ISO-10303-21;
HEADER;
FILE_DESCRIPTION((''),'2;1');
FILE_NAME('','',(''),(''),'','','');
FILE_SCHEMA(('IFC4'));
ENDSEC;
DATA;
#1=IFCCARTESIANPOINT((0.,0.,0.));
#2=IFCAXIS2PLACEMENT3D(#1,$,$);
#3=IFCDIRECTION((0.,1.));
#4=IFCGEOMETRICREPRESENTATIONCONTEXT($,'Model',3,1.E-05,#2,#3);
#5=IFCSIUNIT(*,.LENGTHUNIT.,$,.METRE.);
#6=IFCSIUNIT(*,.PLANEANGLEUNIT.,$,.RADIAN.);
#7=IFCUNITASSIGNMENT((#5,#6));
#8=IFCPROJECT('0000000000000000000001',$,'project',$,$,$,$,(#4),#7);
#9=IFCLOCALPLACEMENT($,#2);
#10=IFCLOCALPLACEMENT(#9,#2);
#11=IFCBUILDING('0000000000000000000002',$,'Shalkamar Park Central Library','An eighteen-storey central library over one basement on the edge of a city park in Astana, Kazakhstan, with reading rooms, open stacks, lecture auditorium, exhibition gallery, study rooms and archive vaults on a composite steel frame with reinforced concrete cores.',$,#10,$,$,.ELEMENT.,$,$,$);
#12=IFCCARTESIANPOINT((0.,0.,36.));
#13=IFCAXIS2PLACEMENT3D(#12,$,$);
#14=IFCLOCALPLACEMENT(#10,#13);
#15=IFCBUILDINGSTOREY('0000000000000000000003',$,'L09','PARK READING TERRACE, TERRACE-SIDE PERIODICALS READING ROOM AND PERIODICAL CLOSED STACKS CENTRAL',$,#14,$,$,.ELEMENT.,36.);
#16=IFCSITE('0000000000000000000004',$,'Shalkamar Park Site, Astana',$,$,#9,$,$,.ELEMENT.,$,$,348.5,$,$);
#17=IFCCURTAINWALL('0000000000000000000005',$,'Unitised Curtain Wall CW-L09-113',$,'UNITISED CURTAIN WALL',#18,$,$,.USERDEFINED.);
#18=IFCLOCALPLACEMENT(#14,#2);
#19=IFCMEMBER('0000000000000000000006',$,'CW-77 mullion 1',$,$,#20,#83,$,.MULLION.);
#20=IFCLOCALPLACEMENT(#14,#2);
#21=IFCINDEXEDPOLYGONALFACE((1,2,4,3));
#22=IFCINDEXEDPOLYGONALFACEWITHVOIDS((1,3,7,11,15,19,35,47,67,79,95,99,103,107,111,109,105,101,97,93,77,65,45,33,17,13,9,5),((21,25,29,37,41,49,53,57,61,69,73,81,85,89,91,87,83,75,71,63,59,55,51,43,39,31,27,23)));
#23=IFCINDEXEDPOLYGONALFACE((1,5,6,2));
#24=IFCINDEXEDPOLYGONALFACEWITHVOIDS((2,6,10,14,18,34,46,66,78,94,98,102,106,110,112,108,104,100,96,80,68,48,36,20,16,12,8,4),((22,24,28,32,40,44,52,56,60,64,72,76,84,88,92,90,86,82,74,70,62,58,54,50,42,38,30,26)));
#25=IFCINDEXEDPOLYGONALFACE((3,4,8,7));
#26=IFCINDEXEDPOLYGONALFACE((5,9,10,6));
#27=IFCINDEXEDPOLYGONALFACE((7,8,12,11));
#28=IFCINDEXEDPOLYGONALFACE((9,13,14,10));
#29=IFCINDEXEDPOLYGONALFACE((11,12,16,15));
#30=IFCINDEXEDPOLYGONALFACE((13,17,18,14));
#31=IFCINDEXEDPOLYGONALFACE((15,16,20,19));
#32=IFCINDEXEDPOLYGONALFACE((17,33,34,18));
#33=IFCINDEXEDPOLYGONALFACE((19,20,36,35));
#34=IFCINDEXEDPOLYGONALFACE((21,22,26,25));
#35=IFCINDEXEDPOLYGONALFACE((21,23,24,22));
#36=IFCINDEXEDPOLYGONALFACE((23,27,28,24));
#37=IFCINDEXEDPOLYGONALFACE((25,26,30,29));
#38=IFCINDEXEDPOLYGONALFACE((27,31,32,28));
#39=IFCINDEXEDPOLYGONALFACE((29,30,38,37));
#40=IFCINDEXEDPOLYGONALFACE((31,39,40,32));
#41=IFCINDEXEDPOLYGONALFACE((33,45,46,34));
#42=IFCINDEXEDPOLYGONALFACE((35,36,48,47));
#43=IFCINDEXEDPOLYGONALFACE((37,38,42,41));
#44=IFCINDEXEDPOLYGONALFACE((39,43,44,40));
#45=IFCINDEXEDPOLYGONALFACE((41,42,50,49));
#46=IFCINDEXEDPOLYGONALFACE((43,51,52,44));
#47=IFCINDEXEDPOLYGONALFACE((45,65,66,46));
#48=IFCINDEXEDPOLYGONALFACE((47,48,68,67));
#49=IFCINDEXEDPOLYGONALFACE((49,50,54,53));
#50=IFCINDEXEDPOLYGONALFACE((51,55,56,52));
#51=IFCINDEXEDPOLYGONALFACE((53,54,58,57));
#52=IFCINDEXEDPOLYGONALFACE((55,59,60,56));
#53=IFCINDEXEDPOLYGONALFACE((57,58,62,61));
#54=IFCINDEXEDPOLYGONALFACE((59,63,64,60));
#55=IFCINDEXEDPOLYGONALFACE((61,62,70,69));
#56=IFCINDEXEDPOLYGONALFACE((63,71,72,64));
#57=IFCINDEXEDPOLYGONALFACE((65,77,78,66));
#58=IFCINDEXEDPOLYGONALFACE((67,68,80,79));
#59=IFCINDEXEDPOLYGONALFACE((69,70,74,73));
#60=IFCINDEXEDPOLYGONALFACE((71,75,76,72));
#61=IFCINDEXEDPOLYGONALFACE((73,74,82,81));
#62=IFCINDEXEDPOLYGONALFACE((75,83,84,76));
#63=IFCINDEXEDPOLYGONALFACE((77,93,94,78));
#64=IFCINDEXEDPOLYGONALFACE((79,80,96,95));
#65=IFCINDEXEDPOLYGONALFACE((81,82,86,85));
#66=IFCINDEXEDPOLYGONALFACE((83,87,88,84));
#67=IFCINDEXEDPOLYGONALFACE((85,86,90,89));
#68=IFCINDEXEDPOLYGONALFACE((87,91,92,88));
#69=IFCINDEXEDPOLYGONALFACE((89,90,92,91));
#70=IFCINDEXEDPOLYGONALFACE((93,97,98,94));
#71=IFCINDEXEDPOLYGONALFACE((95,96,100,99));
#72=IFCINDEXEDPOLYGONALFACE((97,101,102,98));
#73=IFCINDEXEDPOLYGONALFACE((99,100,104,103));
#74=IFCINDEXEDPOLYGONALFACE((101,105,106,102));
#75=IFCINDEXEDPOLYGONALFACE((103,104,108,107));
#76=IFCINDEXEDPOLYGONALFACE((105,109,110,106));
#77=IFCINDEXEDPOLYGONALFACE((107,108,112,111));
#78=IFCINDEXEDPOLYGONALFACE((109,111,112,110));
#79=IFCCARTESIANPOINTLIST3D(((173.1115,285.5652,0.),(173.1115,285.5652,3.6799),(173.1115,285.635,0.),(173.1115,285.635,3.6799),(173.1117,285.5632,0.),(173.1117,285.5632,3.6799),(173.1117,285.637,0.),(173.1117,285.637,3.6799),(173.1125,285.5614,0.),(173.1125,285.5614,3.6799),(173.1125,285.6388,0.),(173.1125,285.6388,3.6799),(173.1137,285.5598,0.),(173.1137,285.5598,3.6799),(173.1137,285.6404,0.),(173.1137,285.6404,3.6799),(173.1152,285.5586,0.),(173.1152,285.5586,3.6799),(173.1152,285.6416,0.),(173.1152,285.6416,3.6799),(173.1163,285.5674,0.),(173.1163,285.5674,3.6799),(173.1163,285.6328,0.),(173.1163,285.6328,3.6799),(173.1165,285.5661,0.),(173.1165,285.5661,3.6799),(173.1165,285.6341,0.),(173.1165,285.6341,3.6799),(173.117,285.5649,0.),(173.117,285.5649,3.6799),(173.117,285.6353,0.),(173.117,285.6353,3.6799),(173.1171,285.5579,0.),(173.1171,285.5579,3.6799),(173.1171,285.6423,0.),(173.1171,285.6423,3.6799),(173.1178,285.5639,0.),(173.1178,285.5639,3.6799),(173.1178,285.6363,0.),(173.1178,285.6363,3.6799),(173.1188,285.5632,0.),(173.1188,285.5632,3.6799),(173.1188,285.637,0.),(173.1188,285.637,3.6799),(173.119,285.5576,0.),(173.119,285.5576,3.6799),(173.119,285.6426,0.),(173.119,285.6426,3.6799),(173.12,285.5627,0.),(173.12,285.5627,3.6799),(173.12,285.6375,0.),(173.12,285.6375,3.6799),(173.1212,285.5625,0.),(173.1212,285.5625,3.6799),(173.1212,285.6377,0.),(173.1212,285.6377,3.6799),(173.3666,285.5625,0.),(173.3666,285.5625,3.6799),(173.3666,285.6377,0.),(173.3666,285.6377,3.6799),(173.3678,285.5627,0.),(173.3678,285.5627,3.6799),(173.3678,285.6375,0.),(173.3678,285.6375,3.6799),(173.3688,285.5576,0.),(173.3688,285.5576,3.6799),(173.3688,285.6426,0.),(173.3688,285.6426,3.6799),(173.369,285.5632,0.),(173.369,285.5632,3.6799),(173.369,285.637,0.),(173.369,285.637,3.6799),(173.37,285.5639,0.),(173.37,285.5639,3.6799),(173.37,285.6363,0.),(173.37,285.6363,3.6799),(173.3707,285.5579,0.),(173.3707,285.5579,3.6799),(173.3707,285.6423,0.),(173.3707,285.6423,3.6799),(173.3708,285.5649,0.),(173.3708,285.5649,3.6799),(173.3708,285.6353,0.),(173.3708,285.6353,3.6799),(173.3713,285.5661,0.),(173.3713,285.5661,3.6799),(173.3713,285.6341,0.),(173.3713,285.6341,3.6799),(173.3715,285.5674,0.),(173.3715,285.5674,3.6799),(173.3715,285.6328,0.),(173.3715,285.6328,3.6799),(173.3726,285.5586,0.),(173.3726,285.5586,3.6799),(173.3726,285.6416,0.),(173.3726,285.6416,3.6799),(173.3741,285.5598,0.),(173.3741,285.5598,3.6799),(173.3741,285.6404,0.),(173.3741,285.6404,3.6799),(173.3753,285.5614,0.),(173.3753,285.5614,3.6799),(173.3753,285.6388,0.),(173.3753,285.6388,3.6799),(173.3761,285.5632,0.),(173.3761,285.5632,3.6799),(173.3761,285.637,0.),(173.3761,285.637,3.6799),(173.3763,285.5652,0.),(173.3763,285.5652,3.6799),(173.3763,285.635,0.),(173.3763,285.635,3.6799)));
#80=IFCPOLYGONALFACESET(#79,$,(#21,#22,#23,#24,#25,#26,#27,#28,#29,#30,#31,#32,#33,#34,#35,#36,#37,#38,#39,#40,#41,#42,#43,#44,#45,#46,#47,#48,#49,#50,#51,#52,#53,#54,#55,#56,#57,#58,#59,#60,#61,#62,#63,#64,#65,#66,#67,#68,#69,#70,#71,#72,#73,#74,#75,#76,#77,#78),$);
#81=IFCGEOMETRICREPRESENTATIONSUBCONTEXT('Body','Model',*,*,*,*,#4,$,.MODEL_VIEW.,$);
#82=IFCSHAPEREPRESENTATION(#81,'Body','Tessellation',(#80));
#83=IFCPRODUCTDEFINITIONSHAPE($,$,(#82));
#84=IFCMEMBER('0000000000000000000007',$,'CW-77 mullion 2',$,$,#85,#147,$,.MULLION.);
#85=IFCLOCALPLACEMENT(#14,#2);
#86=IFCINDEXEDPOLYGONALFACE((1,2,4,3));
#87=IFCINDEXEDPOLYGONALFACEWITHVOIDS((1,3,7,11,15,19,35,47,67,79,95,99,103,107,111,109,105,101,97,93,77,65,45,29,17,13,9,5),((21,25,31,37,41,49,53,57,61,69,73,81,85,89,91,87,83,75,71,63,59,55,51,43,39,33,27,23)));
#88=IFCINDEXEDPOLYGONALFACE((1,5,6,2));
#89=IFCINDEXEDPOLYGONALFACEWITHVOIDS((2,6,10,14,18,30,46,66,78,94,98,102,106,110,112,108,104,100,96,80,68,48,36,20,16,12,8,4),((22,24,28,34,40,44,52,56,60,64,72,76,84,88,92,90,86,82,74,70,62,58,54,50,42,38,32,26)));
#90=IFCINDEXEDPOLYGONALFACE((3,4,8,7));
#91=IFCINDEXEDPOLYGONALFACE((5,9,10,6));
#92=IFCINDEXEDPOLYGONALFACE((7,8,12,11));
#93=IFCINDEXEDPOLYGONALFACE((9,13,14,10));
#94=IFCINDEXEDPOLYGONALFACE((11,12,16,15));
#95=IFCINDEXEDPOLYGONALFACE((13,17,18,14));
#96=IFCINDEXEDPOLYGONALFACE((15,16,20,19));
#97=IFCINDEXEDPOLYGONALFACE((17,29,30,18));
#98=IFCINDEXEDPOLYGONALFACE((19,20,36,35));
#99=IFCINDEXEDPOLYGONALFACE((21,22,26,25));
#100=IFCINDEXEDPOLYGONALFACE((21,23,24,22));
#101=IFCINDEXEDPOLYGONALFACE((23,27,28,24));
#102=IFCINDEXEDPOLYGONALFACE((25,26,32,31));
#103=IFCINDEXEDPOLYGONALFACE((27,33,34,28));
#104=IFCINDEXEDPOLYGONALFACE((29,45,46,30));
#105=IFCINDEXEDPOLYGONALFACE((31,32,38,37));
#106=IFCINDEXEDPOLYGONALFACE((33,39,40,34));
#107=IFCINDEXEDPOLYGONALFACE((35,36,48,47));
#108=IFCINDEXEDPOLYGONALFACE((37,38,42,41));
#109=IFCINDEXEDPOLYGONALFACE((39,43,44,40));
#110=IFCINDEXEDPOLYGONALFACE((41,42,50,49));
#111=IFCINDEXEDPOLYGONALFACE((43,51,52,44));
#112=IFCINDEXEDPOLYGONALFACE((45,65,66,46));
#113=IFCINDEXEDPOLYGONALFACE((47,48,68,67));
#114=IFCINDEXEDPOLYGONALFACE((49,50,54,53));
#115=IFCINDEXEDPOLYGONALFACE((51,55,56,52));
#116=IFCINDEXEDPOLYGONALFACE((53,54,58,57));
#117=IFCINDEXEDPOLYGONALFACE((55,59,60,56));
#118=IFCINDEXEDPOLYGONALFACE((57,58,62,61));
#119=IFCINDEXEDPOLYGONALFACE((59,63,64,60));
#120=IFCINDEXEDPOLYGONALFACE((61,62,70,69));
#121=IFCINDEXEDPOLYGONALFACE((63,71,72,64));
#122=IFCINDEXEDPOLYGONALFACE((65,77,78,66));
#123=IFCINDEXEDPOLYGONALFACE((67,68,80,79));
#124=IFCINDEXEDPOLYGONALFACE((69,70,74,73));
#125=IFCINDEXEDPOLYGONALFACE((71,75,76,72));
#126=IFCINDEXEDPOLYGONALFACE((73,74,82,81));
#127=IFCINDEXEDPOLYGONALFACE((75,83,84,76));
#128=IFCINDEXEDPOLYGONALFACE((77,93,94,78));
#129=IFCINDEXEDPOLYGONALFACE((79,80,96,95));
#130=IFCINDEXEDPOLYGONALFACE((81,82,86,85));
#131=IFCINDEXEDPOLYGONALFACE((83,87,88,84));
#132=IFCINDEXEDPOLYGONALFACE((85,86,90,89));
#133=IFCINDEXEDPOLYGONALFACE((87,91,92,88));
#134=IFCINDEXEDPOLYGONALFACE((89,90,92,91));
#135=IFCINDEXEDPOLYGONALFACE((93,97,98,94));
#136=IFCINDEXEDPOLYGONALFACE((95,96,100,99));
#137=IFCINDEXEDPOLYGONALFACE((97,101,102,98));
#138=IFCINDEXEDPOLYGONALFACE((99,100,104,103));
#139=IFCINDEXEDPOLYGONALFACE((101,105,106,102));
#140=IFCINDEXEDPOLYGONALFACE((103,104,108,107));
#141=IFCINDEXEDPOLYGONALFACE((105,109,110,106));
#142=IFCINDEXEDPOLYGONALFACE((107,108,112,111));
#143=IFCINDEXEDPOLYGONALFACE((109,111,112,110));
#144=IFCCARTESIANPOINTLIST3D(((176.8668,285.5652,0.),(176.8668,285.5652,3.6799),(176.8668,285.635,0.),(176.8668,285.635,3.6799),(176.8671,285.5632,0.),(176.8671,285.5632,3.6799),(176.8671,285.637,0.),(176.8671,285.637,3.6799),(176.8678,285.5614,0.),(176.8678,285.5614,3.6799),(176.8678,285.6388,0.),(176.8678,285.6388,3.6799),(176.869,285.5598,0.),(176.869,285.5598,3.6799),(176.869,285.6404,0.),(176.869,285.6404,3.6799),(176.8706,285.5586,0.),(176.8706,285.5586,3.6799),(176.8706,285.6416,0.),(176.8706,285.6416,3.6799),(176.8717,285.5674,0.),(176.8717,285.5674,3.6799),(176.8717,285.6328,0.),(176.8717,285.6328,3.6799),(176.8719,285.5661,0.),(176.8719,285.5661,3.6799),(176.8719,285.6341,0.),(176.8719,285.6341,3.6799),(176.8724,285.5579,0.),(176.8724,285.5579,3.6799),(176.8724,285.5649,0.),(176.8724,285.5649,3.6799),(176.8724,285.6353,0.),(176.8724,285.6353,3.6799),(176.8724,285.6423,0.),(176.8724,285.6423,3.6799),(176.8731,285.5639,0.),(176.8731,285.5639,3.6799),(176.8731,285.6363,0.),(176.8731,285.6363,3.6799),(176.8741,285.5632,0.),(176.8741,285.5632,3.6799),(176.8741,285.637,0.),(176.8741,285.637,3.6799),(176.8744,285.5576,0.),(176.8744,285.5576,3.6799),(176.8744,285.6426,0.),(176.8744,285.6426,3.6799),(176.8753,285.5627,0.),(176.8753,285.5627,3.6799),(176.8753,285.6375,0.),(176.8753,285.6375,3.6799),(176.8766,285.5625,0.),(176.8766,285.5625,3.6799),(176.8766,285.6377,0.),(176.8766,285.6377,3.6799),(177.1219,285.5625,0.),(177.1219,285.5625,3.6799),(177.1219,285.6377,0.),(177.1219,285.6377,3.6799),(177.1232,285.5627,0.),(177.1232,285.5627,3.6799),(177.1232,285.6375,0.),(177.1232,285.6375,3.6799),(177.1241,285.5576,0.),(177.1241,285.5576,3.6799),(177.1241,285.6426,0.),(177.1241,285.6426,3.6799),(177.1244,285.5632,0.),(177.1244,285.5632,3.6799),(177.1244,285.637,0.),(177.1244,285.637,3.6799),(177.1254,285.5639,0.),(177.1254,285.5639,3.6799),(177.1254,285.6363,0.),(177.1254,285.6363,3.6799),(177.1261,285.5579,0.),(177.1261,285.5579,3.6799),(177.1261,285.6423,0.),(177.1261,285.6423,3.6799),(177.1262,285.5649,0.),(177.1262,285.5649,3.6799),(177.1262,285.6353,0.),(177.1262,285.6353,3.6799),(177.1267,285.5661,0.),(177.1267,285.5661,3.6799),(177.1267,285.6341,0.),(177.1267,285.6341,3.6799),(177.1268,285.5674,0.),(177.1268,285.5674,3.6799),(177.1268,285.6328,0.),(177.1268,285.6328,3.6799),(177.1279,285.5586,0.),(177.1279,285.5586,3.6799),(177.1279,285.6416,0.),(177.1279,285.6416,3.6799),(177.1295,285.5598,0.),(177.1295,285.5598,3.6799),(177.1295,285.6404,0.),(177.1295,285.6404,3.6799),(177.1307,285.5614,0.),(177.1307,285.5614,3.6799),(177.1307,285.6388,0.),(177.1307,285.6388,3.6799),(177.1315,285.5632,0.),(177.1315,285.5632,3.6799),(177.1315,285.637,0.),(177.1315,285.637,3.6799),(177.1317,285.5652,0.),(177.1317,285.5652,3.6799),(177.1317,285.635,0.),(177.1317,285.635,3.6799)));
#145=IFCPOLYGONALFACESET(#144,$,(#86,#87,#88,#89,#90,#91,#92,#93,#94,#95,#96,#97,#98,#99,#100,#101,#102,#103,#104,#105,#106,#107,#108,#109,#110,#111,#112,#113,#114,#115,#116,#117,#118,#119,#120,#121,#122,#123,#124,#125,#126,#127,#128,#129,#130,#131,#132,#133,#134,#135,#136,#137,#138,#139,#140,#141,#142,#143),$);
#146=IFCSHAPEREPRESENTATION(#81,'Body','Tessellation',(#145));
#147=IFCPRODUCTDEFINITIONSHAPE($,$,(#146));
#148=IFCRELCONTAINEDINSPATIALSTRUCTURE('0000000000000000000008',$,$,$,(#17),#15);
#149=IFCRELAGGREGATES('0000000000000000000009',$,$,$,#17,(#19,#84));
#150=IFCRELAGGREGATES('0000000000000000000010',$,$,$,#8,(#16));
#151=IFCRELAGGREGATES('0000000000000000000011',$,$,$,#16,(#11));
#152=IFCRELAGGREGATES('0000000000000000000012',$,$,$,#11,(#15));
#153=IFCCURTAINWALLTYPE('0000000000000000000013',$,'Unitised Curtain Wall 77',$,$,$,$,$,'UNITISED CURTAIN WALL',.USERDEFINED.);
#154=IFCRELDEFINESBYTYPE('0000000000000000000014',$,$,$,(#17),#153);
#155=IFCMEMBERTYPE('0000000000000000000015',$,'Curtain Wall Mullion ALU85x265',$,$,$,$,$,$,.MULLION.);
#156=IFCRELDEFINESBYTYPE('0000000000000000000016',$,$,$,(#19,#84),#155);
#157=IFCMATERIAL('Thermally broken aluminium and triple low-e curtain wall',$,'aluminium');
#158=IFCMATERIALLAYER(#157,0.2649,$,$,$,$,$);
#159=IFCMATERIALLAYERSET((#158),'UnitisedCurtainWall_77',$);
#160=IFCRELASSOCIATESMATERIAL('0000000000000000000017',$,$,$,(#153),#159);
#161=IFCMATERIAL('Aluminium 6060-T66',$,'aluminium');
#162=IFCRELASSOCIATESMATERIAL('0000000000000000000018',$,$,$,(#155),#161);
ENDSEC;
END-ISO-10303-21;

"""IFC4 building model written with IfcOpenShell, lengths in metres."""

from ifc_helpers import new_model, si_unit, direction, frame, origin, origin_2d, place, context, subcontext, project, spatial, hollow_rectangle, extrude, material, layer, layer_set, material_profile, profile_set, type_object, element, aggregate, save


model = new_model("IFC4")

# Units and contexts
model_context = context("Model", 3, precision=1e-05, world=origin(), true_north=direction((0.0, 1.0)))
body_context = subcontext(model_context, "Body", "Model", "MODEL_VIEW")
ifc_project = project(units=[si_unit("LENGTHUNIT", "METRE"), si_unit("PLANEANGLEUNIT", "RADIAN")], contexts=[model_context])

# Site, building, storey
site_placement = place(None, origin())
site = spatial("IfcSite", under=ifc_project, at=site_placement, Name="Shalkamar Park Site, Astana", CompositionType="ELEMENT", RefElevation=348.5)
building_placement = place(site_placement, origin())
building = spatial("IfcBuilding", under=site, at=building_placement, Name="Shalkamar Park Central Library", Description="An eighteen-storey central library over one basement on the edge of a city park in Astana, Kazakhstan, with reading rooms, open stacks, lecture auditorium, exhibition gallery, study rooms and archive vaults on a composite steel frame with reinforced concrete cores.", CompositionType="ELEMENT")
storey_placement = place(building_placement, frame((0.0, 0.0, 36.0)))
storey = spatial("IfcBuildingStorey", under=building, at=storey_placement, Name="L09", Description="PARK READING TERRACE, TERRACE-SIDE PERIODICALS READING ROOM AND PERIODICAL CLOSED STACKS CENTRAL", CompositionType="ELEMENT", Elevation=36.0)

# Curtain wall, members
ifc_material_1 = material(Name="Thermally broken aluminium and triple low-e curtain wall", Category="aluminium")
ifc_layer_1 = layer(ifc_material_1, 0.2649)
ifc_layer_set_1 = layer_set([ifc_layer_1], Name="UnitisedCurtainWall_77")
curtain_wall_type = type_object("IfcCurtainWallType", Name="Unitised Curtain Wall 77", ElementType="UNITISED CURTAIN WALL", PredefinedType="USERDEFINED", material=ifc_layer_set_1)
curtain_wall_placement = place(storey_placement, origin())
curtain_wall = element("IfcCurtainWall", 1, at=curtain_wall_placement, inside=storey, type_object=curtain_wall_type, Name="Unitised Curtain Wall CW-L09-113", ObjectType="UNITISED CURTAIN WALL", PredefinedType="USERDEFINED")
ifc_material_2 = material(Name="Aluminium 6060-T66", Category="aluminium")
ifc_material_profile_1 = material_profile(ifc_material_2, hollow_rectangle(XDim=0.085, YDim=0.2649, WallThickness=0.0049, InnerFilletRadius=0.0049, OuterFilletRadius=0.0076, at=origin_2d()), Name="ALU 85x265x5")
ifc_profile_set_1 = profile_set([ifc_material_profile_1], Name="Aluminium 6060-T66")
member_type_1 = type_object("IfcMemberType", Name="Curtain Wall Mullion ALU85x265", PredefinedType="MULLION", material=ifc_profile_set_1)
member_1_placement = place(storey_placement, frame((173.2439, 285.6001, 0.0), z_axis=(0.0, 0.0, 1.0), x_axis=(0.0, 1.0, 0.0)))
member_1 = element("IfcMember", 2, at=member_1_placement, type_object=member_type_1, Name="CW-77 mullion 1", PredefinedType="MULLION", context=body_context, shape_type="SweptSolid", body=[
    extrude(hollow_rectangle(XDim=0.085, YDim=0.2649, WallThickness=0.0049, InnerFilletRadius=0.0049, OuterFilletRadius=0.0076, at=origin_2d()), origin(), (0.0, 0.0, 1.0), 3.6799),
])
member_2_placement = place(storey_placement, frame((176.9993, 285.6001, 0.0), z_axis=(0.0, 0.0, 1.0), x_axis=(0.0, 1.0, 0.0)))
member_2 = element("IfcMember", 3, at=member_2_placement, type_object=member_type_1, Name="CW-77 mullion 2", PredefinedType="MULLION", context=body_context, shape_type="SweptSolid", body=[
    extrude(hollow_rectangle(XDim=0.085, YDim=0.2649, WallThickness=0.0049, InnerFilletRadius=0.0049, OuterFilletRadius=0.0076, at=origin_2d()), origin(), (0.0, 0.0, 1.0), 3.6799),
])

aggregate(curtain_wall, [member_1, member_2])

save(model, "model.ifc")
